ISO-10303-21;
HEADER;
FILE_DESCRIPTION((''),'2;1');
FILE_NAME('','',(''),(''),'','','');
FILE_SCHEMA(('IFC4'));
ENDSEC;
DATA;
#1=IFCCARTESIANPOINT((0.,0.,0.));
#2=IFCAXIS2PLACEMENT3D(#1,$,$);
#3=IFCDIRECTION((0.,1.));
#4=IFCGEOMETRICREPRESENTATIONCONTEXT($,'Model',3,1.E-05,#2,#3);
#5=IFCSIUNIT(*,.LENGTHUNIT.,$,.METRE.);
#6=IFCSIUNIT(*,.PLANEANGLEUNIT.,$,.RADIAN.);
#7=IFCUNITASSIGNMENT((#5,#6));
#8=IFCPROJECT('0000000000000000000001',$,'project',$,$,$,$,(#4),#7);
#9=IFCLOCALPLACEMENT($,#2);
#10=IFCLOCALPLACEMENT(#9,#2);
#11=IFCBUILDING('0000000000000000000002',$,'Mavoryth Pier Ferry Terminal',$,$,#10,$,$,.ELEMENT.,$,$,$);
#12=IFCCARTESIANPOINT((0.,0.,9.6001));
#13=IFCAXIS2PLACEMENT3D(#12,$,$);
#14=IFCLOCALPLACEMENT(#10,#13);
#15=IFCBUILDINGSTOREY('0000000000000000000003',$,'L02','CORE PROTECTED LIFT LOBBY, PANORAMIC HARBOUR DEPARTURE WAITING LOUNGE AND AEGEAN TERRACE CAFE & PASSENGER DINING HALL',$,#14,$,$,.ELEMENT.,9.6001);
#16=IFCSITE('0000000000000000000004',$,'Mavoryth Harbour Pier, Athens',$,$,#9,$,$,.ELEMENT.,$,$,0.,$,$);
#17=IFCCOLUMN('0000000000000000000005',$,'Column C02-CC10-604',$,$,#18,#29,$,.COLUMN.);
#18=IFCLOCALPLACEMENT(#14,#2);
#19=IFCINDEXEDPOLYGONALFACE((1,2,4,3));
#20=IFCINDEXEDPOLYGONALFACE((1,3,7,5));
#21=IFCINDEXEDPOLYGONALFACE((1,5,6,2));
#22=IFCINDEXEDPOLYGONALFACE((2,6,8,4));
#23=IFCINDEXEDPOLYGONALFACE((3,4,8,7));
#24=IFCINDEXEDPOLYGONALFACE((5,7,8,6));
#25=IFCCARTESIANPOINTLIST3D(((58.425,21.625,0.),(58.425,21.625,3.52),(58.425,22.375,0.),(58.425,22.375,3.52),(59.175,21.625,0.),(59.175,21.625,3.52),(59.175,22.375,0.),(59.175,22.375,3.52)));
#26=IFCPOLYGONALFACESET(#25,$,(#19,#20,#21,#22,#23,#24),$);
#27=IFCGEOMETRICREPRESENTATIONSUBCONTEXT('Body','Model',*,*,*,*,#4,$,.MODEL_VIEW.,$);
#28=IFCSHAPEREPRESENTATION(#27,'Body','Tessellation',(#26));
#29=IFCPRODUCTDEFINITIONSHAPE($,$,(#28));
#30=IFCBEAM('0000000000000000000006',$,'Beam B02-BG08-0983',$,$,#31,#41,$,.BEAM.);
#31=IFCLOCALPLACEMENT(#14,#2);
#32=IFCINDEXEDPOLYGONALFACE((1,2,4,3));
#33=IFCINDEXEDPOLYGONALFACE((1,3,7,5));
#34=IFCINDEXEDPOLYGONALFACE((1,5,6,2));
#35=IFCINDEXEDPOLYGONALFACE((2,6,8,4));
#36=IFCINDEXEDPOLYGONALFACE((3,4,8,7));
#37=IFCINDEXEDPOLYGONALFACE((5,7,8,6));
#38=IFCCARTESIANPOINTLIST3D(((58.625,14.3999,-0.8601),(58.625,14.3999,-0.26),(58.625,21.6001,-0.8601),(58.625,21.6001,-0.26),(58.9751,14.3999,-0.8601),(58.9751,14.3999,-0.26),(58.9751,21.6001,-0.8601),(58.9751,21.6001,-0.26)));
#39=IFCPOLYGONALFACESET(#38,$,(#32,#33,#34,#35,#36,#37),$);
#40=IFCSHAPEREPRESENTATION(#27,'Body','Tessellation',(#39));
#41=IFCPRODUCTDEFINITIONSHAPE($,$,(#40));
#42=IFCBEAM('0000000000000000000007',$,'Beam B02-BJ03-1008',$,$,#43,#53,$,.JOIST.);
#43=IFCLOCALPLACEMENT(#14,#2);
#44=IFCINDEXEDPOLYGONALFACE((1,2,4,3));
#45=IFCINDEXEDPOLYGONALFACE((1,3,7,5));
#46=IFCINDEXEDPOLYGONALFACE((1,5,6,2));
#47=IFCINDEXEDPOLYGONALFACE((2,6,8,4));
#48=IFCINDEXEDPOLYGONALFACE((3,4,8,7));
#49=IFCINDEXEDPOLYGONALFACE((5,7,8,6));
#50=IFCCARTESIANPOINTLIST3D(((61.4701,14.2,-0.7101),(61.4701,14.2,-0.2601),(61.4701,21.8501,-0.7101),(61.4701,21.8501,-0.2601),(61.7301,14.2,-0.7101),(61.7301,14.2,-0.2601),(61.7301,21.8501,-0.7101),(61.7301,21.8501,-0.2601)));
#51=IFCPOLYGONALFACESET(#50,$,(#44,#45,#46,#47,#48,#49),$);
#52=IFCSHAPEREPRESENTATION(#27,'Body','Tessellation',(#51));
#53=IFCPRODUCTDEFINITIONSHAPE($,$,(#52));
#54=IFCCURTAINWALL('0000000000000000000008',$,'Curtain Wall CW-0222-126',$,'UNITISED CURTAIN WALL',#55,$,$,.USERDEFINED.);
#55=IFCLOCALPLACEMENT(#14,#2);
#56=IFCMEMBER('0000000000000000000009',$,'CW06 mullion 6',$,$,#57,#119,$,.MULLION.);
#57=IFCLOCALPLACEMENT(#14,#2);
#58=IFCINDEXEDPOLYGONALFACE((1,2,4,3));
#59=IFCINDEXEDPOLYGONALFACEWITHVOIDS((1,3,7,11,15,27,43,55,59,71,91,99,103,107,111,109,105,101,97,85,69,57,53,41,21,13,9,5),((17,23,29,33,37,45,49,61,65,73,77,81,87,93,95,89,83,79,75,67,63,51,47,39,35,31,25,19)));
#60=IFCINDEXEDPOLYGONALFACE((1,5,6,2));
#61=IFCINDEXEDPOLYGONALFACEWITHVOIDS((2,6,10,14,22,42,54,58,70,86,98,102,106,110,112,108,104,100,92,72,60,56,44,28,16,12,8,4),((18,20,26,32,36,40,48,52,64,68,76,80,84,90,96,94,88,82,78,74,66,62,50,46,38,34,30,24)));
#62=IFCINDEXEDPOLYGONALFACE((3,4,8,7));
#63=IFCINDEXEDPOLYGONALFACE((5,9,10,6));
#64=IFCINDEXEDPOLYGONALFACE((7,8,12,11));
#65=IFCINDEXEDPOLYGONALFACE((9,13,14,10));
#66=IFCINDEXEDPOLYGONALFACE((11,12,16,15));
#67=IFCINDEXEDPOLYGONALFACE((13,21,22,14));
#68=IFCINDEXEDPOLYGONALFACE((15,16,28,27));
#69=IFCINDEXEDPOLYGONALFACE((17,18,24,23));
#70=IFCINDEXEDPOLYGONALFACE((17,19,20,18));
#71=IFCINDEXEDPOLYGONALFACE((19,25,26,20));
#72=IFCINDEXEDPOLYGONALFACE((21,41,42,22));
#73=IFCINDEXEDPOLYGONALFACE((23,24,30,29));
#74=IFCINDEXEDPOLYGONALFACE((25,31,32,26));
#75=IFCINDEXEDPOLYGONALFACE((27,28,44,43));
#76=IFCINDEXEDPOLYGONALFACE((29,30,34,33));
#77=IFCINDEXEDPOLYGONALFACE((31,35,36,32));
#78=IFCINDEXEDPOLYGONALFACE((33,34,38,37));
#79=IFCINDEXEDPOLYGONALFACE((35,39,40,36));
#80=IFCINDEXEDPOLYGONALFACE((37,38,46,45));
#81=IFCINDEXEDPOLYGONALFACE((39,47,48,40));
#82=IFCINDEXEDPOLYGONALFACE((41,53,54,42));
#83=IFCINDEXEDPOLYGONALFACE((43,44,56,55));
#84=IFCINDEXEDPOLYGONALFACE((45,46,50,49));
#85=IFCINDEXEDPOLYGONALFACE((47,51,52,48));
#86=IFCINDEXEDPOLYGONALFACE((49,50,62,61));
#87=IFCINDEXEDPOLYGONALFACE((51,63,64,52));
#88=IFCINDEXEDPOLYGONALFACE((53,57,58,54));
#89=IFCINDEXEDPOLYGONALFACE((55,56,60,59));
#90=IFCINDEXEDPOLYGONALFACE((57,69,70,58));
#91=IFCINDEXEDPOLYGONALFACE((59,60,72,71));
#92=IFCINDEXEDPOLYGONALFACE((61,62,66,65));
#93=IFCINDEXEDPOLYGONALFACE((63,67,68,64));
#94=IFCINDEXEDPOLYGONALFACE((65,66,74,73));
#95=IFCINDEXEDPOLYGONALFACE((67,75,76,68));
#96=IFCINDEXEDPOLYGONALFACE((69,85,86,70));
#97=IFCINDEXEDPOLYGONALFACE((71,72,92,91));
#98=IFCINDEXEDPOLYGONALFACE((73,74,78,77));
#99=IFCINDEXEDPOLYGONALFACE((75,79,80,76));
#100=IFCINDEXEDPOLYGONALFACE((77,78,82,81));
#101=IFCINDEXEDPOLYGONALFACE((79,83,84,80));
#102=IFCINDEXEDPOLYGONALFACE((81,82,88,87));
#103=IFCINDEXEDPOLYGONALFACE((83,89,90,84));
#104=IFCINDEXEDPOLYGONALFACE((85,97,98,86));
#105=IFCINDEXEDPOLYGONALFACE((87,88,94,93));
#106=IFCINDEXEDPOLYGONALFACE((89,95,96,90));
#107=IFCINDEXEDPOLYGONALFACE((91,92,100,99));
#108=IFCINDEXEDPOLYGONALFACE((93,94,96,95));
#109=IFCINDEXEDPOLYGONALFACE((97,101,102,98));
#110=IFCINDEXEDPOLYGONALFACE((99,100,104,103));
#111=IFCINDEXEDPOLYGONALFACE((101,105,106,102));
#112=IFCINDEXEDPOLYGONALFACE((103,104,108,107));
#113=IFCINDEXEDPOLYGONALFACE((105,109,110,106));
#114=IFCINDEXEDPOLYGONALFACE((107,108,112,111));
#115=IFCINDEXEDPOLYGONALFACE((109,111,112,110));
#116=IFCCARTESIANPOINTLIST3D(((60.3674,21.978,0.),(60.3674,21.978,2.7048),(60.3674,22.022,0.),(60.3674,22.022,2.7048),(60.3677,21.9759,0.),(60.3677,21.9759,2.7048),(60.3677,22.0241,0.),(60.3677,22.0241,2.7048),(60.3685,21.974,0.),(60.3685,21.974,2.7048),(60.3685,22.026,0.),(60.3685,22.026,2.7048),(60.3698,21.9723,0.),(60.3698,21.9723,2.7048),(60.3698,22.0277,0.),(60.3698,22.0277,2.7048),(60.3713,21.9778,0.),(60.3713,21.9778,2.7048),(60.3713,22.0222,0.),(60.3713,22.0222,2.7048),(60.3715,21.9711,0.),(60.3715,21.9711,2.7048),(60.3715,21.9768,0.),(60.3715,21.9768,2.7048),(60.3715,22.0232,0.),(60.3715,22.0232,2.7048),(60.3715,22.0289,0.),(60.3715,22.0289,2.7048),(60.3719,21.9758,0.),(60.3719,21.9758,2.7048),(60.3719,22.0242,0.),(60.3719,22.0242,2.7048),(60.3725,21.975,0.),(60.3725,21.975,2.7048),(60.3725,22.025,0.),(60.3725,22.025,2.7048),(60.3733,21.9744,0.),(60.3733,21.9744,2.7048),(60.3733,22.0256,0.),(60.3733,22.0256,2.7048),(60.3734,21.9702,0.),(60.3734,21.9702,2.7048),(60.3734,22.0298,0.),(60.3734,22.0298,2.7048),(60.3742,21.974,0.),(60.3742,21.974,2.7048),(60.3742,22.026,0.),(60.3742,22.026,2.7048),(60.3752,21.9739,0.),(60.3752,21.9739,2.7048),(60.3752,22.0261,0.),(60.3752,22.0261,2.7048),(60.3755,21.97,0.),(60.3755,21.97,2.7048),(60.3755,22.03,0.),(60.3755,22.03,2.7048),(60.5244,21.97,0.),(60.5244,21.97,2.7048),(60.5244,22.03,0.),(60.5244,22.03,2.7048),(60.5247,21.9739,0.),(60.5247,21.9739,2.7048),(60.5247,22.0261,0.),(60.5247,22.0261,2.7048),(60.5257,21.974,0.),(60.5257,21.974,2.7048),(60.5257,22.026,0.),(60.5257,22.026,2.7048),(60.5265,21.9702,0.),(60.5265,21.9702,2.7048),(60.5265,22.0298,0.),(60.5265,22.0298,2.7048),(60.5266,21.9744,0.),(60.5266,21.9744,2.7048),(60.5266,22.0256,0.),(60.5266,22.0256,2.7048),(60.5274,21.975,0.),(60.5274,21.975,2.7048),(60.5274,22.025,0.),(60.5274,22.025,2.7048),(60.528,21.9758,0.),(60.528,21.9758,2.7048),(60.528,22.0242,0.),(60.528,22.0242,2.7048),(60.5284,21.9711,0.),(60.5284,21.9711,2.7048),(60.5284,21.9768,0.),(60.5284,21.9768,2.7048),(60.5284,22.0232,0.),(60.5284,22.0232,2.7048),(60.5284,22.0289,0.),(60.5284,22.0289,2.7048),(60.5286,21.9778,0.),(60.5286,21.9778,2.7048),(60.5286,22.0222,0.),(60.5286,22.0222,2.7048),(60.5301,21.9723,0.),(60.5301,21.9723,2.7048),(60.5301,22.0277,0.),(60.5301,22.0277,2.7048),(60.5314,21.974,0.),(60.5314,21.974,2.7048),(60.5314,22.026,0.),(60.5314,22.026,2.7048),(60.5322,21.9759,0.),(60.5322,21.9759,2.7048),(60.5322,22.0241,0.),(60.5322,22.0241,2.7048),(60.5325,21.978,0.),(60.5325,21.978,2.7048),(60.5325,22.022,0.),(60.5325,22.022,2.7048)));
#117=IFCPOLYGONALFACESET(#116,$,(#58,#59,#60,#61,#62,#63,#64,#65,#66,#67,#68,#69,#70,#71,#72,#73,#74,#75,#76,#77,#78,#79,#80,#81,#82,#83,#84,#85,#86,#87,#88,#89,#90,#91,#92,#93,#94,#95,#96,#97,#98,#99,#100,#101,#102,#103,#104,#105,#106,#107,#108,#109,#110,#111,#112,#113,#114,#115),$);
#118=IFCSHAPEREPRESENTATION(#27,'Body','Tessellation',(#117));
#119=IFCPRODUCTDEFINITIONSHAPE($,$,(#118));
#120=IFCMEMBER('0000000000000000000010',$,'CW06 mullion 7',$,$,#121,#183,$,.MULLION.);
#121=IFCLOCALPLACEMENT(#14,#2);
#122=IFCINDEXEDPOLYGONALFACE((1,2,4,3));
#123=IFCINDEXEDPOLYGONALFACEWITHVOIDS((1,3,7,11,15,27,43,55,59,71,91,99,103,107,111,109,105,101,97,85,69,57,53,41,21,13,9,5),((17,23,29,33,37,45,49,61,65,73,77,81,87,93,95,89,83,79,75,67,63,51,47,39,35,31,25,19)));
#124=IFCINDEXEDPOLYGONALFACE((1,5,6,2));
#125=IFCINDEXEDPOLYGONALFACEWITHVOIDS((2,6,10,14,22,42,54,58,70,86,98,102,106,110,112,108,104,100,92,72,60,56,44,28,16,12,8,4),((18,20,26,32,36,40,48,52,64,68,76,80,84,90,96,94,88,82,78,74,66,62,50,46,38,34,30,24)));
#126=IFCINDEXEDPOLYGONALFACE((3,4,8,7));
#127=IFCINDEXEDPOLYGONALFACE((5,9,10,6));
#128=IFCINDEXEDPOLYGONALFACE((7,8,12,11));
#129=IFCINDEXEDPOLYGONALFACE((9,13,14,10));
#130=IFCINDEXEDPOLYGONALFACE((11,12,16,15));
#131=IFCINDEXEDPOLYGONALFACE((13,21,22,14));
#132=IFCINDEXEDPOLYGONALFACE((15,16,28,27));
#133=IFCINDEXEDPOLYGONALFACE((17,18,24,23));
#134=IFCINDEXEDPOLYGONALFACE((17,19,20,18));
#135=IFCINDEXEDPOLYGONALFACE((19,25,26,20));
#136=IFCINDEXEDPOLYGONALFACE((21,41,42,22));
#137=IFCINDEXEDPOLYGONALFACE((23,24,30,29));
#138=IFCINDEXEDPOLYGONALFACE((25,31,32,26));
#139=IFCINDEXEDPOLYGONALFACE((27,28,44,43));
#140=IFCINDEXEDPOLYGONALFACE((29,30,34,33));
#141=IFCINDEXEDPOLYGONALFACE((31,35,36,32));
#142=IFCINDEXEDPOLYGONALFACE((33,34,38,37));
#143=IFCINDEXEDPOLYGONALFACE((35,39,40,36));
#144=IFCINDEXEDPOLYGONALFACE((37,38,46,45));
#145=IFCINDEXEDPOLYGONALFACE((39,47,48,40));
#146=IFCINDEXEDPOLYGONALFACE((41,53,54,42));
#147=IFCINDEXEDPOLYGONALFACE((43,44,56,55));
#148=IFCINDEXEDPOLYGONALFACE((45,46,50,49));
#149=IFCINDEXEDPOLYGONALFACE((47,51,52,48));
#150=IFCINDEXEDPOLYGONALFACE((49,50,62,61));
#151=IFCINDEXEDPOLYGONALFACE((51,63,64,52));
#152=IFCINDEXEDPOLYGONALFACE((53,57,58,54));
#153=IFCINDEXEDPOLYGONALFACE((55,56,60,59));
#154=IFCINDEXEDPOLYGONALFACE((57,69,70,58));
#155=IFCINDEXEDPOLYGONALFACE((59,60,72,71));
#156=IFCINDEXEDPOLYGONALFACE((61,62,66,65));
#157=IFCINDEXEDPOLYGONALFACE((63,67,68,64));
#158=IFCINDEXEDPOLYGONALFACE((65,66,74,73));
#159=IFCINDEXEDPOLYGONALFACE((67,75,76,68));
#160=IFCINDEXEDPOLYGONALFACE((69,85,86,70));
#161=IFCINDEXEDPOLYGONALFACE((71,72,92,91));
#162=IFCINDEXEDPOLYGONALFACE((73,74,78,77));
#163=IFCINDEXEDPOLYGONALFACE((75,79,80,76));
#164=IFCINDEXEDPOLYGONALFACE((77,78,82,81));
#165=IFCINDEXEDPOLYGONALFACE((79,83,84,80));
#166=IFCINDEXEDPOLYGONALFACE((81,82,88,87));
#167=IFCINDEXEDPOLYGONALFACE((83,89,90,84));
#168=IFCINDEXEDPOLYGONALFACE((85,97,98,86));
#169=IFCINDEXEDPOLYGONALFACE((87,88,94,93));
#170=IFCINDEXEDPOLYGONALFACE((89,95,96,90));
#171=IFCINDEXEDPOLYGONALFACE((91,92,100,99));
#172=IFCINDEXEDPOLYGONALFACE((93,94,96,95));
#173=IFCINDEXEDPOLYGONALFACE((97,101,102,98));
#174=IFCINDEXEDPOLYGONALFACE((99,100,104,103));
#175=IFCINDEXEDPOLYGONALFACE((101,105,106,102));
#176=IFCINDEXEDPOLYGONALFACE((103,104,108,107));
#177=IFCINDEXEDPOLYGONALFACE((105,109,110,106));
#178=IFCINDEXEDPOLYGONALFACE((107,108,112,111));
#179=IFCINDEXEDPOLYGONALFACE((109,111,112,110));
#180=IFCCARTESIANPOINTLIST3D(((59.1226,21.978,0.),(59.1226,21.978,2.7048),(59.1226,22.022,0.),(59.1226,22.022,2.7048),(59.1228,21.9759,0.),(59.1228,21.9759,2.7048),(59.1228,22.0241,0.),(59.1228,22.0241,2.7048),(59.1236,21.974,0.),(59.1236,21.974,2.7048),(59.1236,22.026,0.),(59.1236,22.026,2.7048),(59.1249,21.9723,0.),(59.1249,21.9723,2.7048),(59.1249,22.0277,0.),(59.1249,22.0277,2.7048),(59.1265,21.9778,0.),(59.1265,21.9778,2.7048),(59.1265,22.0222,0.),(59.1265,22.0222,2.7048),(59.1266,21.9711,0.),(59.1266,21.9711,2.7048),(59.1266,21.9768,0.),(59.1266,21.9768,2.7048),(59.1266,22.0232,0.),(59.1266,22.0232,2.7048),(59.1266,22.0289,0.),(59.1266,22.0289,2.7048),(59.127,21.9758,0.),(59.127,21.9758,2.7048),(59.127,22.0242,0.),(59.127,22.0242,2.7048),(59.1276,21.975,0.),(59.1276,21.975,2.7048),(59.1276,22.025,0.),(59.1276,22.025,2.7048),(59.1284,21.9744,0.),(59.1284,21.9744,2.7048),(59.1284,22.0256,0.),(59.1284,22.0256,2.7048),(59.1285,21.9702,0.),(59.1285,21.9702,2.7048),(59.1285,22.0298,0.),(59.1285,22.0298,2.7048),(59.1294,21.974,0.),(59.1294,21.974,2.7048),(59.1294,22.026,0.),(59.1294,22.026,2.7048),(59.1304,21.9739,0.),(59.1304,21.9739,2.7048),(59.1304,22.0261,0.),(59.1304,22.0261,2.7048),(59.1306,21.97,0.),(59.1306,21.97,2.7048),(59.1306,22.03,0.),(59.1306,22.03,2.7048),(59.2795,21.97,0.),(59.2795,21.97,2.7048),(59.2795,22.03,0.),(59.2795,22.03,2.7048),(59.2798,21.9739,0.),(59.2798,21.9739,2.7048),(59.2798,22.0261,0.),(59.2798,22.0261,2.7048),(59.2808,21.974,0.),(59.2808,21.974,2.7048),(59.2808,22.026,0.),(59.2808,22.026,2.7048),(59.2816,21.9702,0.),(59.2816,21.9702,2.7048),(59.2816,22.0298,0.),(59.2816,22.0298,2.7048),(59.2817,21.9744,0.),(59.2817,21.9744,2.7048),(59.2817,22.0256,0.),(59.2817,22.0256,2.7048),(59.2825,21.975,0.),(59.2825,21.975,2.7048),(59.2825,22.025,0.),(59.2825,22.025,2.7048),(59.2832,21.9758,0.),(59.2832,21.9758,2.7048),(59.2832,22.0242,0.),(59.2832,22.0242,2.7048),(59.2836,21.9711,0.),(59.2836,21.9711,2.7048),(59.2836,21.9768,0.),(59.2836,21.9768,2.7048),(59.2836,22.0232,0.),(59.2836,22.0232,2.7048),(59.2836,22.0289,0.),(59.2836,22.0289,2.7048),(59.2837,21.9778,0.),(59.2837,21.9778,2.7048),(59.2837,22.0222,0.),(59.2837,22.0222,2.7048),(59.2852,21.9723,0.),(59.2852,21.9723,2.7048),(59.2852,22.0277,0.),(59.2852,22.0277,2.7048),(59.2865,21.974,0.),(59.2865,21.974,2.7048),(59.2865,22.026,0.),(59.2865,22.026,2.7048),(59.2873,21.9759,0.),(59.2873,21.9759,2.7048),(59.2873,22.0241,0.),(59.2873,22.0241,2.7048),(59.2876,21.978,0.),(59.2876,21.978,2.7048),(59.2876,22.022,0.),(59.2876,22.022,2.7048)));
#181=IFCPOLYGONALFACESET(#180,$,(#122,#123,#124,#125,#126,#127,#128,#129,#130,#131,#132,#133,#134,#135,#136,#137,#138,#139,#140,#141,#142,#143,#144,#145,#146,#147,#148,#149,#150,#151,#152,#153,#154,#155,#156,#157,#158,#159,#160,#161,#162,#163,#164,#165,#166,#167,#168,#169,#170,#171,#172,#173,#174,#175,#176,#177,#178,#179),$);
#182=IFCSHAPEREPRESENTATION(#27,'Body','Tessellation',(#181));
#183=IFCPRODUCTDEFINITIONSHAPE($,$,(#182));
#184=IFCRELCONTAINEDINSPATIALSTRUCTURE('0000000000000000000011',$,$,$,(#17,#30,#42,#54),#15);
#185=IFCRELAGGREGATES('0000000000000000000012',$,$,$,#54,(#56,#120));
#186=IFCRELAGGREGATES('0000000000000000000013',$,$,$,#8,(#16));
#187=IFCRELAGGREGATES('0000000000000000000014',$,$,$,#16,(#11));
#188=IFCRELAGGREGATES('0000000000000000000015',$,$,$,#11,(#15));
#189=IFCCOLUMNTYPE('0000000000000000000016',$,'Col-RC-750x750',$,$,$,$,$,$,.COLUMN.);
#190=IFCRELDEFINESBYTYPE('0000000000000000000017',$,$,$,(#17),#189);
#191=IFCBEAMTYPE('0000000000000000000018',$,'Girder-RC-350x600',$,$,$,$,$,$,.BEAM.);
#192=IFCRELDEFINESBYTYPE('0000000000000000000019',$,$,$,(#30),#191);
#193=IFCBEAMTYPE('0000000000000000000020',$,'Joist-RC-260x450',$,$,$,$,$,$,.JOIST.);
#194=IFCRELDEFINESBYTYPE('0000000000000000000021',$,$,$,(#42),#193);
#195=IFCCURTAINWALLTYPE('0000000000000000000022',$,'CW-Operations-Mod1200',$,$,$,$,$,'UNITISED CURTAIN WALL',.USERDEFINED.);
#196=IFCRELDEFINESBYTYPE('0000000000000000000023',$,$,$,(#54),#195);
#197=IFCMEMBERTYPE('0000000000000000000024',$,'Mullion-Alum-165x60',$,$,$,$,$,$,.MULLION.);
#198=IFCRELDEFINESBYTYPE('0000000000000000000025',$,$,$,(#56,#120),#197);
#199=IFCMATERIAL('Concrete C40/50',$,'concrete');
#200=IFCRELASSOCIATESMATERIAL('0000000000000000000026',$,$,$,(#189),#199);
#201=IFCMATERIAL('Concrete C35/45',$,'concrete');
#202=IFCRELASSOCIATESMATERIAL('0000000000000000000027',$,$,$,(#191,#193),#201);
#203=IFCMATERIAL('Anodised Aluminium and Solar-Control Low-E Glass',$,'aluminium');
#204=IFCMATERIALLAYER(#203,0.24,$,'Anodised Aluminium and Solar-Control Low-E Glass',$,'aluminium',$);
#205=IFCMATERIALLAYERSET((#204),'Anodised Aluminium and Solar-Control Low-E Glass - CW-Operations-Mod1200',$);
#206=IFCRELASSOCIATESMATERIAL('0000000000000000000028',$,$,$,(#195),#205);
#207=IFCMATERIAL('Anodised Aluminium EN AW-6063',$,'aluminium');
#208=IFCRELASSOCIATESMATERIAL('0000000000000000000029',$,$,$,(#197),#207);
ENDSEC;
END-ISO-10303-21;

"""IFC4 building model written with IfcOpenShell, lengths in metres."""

from ifc_helpers import new_model, si_unit, direction, frame, origin, origin_2d, place, context, subcontext, project, spatial, rectangle, hollow_rectangle, extrude, material, layer, layer_set, material_profile, profile_set, type_object, element, aggregate, save


model = new_model("IFC4")

# Units and contexts
model_context = context("Model", 3, precision=1e-05, world=origin(), true_north=direction((0.0, 1.0)))
body_context = subcontext(model_context, "Body", "Model", "MODEL_VIEW")
ifc_project = project(units=[si_unit("LENGTHUNIT", "METRE"), si_unit("PLANEANGLEUNIT", "RADIAN")], contexts=[model_context])

# Site, building, storey
site_placement = place(None, origin())
site = spatial("IfcSite", under=ifc_project, at=site_placement, Name="Mavoryth Harbour Pier, Athens", CompositionType="ELEMENT", RefElevation=0.0)
building_placement = place(site_placement, origin())
building = spatial("IfcBuilding", under=site, at=building_placement, Name="Mavoryth Pier Ferry Terminal", CompositionType="ELEMENT")
storey_placement = place(building_placement, frame((0.0, 0.0, 9.6001)))
storey = spatial("IfcBuildingStorey", under=building, at=storey_placement, Name="L02", Description="CORE PROTECTED LIFT LOBBY, PANORAMIC HARBOUR DEPARTURE WAITING LOUNGE AND AEGEAN TERRACE CAFE & PASSENGER DINING HALL", CompositionType="ELEMENT", Elevation=9.6001)

# Column
ifc_material_1 = material(Name="Concrete C40/50", Category="concrete")
ifc_material_profile_1 = material_profile(ifc_material_1, rectangle(XDim=0.75, YDim=0.75, at=origin_2d()), Name="RC 750x750", Category="concrete")
ifc_profile_set_1 = profile_set([ifc_material_profile_1], Name="Concrete C40/50 - RC 750x750")
column_type = type_object("IfcColumnType", Name="Col-RC-750x750", PredefinedType="COLUMN", material=ifc_profile_set_1)
column_placement = place(storey_placement, frame((58.8, 22.0, 0.0), z_axis=(0.0, 0.0, 1.0), x_axis=(1.0, 0.0, 0.0)))
element("IfcColumn", 1, at=column_placement, inside=storey, type_object=column_type, Name="Column C02-CC10-604", PredefinedType="COLUMN", context=body_context, shape_type="SweptSolid", body=[
    extrude(rectangle(XDim=0.75, YDim=0.75, at=origin_2d()), origin(), (0.0, 0.0, 1.0), 3.52),
])

# Beams
ifc_material_2 = material(Name="Concrete C35/45", Category="concrete")
ifc_material_profile_2 = material_profile(ifc_material_2, rectangle(XDim=0.3501, YDim=0.6001, at=origin_2d()), Name="RC 350x600", Category="concrete")
ifc_profile_set_2 = profile_set([ifc_material_profile_2], Name="Concrete C35/45 - RC 350x600")
beam_type_1 = type_object("IfcBeamType", Name="Girder-RC-350x600", PredefinedType="BEAM", material=ifc_profile_set_2)
beam_1_placement = place(storey_placement, frame((58.8, 14.3999, -0.5601), z_axis=(0.0, 1.0, 0.0), x_axis=(-1.0, 0.0, 0.0)))
element("IfcBeam", 2, at=beam_1_placement, inside=storey, type_object=beam_type_1, Name="Beam B02-BG08-0983", PredefinedType="BEAM", context=body_context, shape_type="SweptSolid", body=[
    extrude(rectangle(XDim=0.3501, YDim=0.6001, at=origin_2d()), origin(), (0.0, 0.0, 1.0), 7.2002),
])
ifc_material_profile_3 = material_profile(ifc_material_2, rectangle(XDim=0.26, YDim=0.45, at=origin_2d()), Name="RC 260x450", Category="concrete")
ifc_profile_set_3 = profile_set([ifc_material_profile_3], Name="Concrete C35/45 - RC 260x450")
beam_type_2 = type_object("IfcBeamType", Name="Joist-RC-260x450", PredefinedType="JOIST", material=ifc_profile_set_3)
beam_2_placement = place(storey_placement, frame((61.6001, 14.2, -0.4851), z_axis=(0.0, 1.0, 0.0), x_axis=(-1.0, 0.0, 0.0)))
element("IfcBeam", 3, at=beam_2_placement, inside=storey, type_object=beam_type_2, Name="Beam B02-BJ03-1008", PredefinedType="JOIST", context=body_context, shape_type="SweptSolid", body=[
    extrude(rectangle(XDim=0.26, YDim=0.45, at=origin_2d()), origin(), (0.0, 0.0, 1.0), 7.6501),
])

# Curtain wall, members
ifc_material_3 = material(Name="Anodised Aluminium and Solar-Control Low-E Glass", Category="aluminium")
ifc_layer_1 = layer(ifc_material_3, 0.24, Name="Anodised Aluminium and Solar-Control Low-E Glass", Category="aluminium")
ifc_layer_set_1 = layer_set([ifc_layer_1], Name="Anodised Aluminium and Solar-Control Low-E Glass - CW-Operations-Mod1200")
curtain_wall_type = type_object("IfcCurtainWallType", Name="CW-Operations-Mod1200", ElementType="UNITISED CURTAIN WALL", PredefinedType="USERDEFINED", material=ifc_layer_set_1)
curtain_wall_placement = place(storey_placement, origin())
curtain_wall = element("IfcCurtainWall", 4, at=curtain_wall_placement, inside=storey, type_object=curtain_wall_type, Name="Curtain Wall CW-0222-126", ObjectType="UNITISED CURTAIN WALL", PredefinedType="USERDEFINED")
ifc_material_4 = material(Name="Anodised Aluminium EN AW-6063", Category="aluminium")
ifc_material_profile_4 = material_profile(ifc_material_4, hollow_rectangle(XDim=0.0601, YDim=0.165, WallThickness=0.0039, InnerFilletRadius=0.0039, OuterFilletRadius=0.0081, at=origin_2d()), Name="AL-MULL 165x60x4", Category="aluminium")
ifc_profile_set_4 = profile_set([ifc_material_profile_4], Name="Anodised Aluminium EN AW-6063 - AL-MULL 165x60x4")
member_type_1 = type_object("IfcMemberType", Name="Mullion-Alum-165x60", PredefinedType="MULLION", material=ifc_profile_set_4)
member_1_placement = place(storey_placement, frame((60.45, 22.0, 0.0), z_axis=(0.0, 0.0, 1.0), x_axis=(0.0, -1.0, 0.0)))
member_1 = element("IfcMember", 5, at=member_1_placement, type_object=member_type_1, Name="CW06 mullion 6", PredefinedType="MULLION", context=body_context, shape_type="SweptSolid", body=[
    extrude(hollow_rectangle(XDim=0.0601, YDim=0.165, WallThickness=0.0039, InnerFilletRadius=0.0039, OuterFilletRadius=0.0081, at=origin_2d()), origin(), (0.0, 0.0, 1.0), 2.7048),
])
member_2_placement = place(storey_placement, frame((59.2051, 22.0, 0.0), z_axis=(0.0, 0.0, 1.0), x_axis=(0.0, -1.0, 0.0)))
member_2 = element("IfcMember", 6, at=member_2_placement, type_object=member_type_1, Name="CW06 mullion 7", PredefinedType="MULLION", context=body_context, shape_type="SweptSolid", body=[
    extrude(hollow_rectangle(XDim=0.0601, YDim=0.165, WallThickness=0.0039, InnerFilletRadius=0.0039, OuterFilletRadius=0.0081, at=origin_2d()), origin(), (0.0, 0.0, 1.0), 2.7048),
])

aggregate(curtain_wall, [member_1, member_2])

save(model, "model.ifc")
